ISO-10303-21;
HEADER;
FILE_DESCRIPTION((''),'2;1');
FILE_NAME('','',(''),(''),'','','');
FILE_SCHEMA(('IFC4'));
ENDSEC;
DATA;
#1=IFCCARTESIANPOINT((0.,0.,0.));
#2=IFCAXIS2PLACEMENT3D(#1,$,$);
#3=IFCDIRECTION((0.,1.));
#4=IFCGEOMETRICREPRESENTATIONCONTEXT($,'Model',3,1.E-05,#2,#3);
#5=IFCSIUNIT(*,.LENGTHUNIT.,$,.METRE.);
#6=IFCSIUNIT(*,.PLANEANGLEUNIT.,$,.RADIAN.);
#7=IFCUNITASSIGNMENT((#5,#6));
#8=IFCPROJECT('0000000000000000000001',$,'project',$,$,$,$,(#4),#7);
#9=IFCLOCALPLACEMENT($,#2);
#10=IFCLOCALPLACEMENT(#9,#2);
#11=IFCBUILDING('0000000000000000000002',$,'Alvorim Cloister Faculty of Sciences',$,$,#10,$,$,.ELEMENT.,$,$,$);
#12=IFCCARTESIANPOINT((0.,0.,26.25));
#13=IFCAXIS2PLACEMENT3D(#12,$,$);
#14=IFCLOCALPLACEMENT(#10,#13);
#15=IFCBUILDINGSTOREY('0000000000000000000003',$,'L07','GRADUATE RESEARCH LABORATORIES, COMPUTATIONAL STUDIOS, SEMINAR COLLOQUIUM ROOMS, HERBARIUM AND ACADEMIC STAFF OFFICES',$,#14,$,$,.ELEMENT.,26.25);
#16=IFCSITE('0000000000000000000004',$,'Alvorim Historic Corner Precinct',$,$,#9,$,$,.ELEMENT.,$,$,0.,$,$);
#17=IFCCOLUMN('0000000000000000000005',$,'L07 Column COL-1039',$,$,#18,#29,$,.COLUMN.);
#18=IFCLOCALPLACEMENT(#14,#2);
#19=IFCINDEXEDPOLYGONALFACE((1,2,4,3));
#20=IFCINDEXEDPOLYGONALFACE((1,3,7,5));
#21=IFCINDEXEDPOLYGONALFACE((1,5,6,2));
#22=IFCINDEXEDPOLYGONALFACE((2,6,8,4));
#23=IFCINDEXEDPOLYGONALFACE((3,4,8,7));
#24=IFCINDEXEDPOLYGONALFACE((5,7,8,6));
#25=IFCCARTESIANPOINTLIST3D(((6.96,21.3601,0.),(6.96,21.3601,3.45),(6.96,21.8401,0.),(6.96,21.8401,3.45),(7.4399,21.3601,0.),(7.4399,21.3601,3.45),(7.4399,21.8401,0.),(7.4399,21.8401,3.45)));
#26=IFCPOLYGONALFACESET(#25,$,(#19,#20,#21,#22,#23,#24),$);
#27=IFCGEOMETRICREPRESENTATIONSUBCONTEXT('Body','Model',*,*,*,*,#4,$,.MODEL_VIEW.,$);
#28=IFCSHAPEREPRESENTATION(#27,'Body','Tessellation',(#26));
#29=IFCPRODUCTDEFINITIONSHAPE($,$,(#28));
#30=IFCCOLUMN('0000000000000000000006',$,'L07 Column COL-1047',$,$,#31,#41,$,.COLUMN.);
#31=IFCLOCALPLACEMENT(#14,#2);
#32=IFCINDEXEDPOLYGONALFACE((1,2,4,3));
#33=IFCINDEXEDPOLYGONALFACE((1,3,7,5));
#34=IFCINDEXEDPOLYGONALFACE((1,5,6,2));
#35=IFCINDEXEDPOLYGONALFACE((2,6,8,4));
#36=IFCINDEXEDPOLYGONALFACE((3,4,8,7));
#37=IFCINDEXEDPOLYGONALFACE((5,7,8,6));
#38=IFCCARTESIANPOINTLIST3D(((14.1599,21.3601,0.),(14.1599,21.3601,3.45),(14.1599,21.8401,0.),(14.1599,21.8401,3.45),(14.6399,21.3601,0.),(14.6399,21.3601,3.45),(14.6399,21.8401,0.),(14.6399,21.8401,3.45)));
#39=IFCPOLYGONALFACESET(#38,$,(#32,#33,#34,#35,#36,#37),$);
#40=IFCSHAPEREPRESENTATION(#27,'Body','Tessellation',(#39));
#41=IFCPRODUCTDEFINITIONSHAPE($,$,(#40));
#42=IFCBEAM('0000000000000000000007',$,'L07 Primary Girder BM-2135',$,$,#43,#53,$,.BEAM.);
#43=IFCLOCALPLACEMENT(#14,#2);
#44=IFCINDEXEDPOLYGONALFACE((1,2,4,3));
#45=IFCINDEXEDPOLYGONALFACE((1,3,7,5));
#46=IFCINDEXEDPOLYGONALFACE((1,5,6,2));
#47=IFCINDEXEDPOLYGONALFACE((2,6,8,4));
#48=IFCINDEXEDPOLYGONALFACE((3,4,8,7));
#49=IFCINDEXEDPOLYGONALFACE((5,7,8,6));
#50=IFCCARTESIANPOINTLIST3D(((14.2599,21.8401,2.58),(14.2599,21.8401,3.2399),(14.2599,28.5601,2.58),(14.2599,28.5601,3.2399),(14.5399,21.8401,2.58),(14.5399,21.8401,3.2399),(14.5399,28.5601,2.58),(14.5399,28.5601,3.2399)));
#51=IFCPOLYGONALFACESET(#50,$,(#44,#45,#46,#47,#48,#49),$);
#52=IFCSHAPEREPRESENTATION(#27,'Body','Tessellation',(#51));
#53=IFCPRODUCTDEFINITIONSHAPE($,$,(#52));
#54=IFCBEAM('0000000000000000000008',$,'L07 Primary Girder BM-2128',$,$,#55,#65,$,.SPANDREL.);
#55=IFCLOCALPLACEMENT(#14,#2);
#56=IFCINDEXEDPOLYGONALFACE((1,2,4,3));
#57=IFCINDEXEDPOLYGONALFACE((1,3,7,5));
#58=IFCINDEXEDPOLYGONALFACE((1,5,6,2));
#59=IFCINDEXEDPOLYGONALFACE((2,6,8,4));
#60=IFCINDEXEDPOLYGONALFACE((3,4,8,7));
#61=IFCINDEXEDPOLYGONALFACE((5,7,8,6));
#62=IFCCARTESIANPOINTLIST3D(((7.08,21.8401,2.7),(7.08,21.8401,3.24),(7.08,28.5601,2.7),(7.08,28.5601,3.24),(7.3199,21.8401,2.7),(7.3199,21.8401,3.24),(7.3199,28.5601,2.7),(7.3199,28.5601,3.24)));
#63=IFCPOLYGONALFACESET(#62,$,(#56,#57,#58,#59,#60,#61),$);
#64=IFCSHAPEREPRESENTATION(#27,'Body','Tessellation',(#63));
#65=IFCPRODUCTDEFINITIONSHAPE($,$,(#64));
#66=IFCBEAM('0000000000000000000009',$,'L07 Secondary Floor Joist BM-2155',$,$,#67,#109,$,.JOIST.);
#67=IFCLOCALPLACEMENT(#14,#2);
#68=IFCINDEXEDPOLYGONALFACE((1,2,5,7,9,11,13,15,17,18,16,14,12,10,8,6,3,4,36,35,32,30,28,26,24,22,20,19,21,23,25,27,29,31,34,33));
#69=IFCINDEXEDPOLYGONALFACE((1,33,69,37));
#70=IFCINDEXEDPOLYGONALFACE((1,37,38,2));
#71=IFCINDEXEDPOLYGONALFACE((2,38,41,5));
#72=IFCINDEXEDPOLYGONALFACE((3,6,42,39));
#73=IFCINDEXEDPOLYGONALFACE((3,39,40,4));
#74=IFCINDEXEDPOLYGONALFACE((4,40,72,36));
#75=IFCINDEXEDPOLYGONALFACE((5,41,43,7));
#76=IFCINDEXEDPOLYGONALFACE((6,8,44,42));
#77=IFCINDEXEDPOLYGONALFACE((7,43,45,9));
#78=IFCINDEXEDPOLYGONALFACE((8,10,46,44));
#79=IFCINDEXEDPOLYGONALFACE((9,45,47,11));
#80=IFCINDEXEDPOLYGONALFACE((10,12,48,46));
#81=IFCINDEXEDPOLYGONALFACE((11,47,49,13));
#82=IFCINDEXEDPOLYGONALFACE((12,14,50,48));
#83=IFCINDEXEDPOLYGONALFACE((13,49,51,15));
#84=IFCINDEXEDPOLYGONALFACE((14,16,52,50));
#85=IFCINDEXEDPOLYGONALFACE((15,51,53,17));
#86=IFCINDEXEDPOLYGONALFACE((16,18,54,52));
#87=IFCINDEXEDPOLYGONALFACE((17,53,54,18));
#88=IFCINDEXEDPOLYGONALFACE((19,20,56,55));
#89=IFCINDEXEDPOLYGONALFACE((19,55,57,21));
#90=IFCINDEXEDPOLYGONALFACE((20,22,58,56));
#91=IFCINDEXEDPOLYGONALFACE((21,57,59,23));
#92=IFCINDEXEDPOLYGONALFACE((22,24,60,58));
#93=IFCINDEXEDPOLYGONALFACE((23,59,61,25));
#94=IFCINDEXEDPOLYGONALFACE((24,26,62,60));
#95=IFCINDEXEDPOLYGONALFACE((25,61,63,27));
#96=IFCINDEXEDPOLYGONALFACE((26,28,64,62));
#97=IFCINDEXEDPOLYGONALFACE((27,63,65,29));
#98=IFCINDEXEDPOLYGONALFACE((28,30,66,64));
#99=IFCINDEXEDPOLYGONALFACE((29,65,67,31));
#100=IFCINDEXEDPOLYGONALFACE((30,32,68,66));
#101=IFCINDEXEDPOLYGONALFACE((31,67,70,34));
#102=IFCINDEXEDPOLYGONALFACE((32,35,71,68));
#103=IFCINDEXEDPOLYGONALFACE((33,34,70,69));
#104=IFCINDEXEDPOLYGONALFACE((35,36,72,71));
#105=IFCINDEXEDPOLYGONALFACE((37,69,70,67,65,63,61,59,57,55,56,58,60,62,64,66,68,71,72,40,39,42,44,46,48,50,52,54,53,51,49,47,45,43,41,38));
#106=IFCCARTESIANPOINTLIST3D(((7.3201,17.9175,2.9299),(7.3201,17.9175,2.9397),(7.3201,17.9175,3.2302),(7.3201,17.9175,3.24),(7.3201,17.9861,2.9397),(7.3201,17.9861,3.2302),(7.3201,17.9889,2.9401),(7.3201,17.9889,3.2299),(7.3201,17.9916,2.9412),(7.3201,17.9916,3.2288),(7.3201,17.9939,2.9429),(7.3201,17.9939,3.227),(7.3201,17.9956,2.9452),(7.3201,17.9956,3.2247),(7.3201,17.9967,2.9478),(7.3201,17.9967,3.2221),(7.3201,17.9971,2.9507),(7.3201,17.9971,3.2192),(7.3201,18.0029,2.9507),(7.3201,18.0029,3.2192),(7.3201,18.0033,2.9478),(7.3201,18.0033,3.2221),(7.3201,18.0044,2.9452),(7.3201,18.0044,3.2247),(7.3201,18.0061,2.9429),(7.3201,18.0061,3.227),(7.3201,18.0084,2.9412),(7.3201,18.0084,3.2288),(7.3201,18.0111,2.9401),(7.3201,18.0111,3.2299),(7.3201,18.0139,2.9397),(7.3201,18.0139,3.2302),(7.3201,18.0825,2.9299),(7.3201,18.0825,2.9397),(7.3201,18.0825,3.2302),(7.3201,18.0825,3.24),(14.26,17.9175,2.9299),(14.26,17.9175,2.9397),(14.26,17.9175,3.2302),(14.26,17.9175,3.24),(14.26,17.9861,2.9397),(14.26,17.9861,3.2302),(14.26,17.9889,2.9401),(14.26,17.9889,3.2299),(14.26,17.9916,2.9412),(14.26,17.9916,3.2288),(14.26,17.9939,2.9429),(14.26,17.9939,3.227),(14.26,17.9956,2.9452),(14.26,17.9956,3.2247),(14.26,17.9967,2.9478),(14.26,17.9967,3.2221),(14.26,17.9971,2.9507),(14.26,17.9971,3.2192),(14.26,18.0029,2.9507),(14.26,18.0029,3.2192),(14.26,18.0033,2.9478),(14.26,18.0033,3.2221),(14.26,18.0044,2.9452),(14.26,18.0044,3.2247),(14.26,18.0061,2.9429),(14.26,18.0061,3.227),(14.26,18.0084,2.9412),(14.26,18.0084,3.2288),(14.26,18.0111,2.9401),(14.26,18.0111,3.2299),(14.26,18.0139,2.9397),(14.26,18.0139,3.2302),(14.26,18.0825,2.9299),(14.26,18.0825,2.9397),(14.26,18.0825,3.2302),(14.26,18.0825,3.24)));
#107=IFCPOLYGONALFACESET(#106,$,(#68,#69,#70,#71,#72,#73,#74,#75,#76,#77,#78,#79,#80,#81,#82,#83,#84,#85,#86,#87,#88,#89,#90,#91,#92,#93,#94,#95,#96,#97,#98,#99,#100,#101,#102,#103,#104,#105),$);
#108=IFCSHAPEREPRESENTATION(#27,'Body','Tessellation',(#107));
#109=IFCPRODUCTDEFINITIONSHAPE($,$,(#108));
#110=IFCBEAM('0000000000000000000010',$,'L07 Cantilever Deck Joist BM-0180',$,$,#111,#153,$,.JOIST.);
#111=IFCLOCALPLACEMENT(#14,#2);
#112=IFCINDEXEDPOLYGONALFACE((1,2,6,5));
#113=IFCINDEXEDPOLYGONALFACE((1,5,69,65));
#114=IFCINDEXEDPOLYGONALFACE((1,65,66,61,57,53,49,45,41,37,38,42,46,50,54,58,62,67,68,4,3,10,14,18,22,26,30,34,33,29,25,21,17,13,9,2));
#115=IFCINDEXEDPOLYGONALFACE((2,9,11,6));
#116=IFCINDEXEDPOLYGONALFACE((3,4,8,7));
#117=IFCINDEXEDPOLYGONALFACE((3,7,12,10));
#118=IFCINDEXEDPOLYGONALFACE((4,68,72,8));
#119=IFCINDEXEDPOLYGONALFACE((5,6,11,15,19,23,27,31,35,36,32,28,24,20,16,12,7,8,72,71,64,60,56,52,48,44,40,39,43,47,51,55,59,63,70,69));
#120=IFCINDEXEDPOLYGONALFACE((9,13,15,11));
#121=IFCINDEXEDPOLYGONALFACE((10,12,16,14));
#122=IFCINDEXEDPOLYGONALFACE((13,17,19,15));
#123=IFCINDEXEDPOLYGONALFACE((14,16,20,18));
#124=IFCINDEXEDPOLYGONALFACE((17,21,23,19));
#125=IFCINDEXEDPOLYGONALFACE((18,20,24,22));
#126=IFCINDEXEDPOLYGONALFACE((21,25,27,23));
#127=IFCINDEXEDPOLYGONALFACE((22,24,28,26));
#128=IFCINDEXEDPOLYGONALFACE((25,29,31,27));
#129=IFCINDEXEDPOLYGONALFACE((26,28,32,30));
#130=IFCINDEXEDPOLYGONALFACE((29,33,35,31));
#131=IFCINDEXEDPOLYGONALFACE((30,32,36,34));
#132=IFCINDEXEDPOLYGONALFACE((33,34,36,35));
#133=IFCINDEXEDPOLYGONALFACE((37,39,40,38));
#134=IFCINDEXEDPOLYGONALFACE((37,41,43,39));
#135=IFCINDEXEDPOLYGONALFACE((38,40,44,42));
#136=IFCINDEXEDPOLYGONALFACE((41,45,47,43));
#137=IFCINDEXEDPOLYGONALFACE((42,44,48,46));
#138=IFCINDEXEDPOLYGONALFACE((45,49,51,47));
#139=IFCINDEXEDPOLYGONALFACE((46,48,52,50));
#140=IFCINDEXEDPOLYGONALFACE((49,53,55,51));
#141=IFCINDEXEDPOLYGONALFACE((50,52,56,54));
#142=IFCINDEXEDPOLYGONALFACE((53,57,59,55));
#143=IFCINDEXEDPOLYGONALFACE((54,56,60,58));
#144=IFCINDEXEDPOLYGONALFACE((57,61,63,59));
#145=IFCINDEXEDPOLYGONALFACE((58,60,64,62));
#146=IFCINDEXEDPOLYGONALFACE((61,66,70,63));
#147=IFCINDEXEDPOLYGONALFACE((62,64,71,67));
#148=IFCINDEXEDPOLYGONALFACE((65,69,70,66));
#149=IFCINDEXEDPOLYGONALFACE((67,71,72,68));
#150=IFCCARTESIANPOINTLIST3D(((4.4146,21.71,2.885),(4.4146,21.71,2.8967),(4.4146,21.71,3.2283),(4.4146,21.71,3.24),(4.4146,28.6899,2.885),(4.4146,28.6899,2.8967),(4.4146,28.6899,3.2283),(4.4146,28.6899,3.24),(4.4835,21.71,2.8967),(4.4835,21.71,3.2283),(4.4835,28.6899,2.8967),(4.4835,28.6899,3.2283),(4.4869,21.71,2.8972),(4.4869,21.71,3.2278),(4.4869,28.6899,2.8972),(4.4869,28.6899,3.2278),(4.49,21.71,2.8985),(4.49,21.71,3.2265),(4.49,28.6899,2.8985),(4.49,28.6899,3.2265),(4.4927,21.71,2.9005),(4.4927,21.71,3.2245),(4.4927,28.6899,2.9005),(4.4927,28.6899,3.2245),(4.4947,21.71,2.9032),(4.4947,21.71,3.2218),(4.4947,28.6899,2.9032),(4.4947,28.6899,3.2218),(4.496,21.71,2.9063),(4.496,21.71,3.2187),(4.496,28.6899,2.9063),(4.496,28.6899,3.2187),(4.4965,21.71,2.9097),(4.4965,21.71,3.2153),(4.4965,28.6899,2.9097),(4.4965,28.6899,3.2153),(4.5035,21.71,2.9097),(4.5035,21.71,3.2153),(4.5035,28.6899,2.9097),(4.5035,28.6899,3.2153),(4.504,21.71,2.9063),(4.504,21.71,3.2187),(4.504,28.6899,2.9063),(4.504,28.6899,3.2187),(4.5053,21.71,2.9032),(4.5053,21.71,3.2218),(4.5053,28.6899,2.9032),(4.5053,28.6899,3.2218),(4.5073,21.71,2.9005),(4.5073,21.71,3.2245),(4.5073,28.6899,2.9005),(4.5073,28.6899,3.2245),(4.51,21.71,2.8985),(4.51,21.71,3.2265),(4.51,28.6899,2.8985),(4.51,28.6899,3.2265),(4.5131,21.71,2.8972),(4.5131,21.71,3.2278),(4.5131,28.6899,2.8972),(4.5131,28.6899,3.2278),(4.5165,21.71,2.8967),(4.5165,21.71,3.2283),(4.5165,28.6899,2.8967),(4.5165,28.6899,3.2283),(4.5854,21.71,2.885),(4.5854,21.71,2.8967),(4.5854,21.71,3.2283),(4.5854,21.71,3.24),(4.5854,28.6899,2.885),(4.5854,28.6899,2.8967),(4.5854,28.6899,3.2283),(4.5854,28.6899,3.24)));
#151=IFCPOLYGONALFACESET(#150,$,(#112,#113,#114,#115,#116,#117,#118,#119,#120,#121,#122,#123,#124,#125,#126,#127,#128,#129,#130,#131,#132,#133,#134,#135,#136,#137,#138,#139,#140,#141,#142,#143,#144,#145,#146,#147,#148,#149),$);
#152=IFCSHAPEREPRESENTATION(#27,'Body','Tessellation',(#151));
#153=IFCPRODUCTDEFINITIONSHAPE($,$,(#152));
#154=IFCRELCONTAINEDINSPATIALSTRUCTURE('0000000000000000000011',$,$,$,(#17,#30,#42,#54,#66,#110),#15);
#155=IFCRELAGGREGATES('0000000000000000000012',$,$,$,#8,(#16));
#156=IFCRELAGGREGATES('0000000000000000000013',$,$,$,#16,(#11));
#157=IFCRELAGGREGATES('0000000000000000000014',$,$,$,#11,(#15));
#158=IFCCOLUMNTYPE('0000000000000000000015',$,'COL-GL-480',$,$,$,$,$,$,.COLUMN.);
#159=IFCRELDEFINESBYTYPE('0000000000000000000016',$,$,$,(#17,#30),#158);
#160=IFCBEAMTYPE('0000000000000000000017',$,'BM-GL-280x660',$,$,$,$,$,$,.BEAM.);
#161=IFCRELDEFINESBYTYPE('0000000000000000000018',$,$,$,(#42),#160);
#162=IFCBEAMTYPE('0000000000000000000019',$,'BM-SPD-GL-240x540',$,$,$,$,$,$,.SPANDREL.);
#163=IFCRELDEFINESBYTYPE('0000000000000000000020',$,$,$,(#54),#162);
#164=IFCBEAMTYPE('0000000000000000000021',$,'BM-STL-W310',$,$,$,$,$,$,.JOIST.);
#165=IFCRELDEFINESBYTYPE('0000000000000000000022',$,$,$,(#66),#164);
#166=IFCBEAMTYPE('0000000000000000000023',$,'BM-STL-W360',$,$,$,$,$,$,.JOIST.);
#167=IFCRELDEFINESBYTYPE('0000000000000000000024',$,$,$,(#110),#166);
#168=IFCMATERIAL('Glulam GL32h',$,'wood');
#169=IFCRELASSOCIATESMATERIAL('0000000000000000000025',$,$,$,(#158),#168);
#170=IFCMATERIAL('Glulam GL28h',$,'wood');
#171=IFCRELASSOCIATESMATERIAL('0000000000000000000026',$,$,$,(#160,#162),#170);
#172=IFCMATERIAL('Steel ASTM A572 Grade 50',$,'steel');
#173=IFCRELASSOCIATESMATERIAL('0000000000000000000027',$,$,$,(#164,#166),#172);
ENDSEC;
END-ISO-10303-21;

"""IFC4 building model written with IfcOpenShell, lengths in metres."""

from ifc_helpers import new_model, si_unit, direction, frame, origin, origin_2d, place, context, subcontext, project, spatial, rectangle, i_section, extrude, material, material_profile, profile_set, type_object, element, save


model = new_model("IFC4")

# Units and contexts
model_context = context("Model", 3, precision=1e-05, world=origin(), true_north=direction((0.0, 1.0)))
body_context = subcontext(model_context, "Body", "Model", "MODEL_VIEW")
ifc_project = project(units=[si_unit("LENGTHUNIT", "METRE"), si_unit("PLANEANGLEUNIT", "RADIAN")], contexts=[model_context])

# Site, building, storey
site_placement = place(None, origin())
site = spatial("IfcSite", under=ifc_project, at=site_placement, Name="Alvorim Historic Corner Precinct", CompositionType="ELEMENT", RefElevation=0.0)
building_placement = place(site_placement, origin())
building = spatial("IfcBuilding", under=site, at=building_placement, Name="Alvorim Cloister Faculty of Sciences", CompositionType="ELEMENT")
storey_placement = place(building_placement, frame((0.0, 0.0, 26.25)))
storey = spatial("IfcBuildingStorey", under=building, at=storey_placement, Name="L07", Description="GRADUATE RESEARCH LABORATORIES, COMPUTATIONAL STUDIOS, SEMINAR COLLOQUIUM ROOMS, HERBARIUM AND ACADEMIC STAFF OFFICES", CompositionType="ELEMENT", Elevation=26.25)

# Columns
ifc_material_1 = material(Name="Glulam GL32h", Category="wood")
ifc_material_profile_1 = material_profile(ifc_material_1, rectangle(XDim=0.48, YDim=0.48, at=origin_2d()), Name="GL32-COL-480x480")
ifc_profile_set_1 = profile_set([ifc_material_profile_1], Name="Glulam GL32h")
column_type = type_object("IfcColumnType", Name="COL-GL-480", PredefinedType="COLUMN", material=ifc_profile_set_1)
for number, where, z_axis, x_axis, name in (
    (1, (7.2, 21.6001, 0.0), (0.0, 0.0, 1.0), (1.0, 0.0, 0.0), "L07 Column COL-1039"),
    (2, (14.3999, 21.6001, 0.0), (0.0, 0.0, 1.0), (1.0, 0.0, 0.0), "L07 Column COL-1047"),
):
    element("IfcColumn", number, at=place(storey_placement, frame(where, z_axis=z_axis, x_axis=x_axis)), inside=storey, type_object=column_type, Name=name, PredefinedType="COLUMN", context=body_context, shape_type="SweptSolid", body=[
        extrude(rectangle(XDim=0.48, YDim=0.48, at=origin_2d()), origin(), (0.0, 0.0, 1.0), 3.45),
    ])

# Beams
ifc_material_2 = material(Name="Glulam GL28h", Category="wood")
ifc_material_profile_2 = material_profile(ifc_material_2, rectangle(XDim=0.28, YDim=0.6599, at=origin_2d()), Name="GL28-BM-280x660")
ifc_profile_set_2 = profile_set([ifc_material_profile_2], Name="Glulam GL28h")
beam_type_1 = type_object("IfcBeamType", Name="BM-GL-280x660", PredefinedType="BEAM", material=ifc_profile_set_2)
beam_1_placement = place(storey_placement, frame((14.3999, 21.8401, 2.9099), z_axis=(0.0, 1.0, 0.0), x_axis=(-1.0, 0.0, 0.0)))
element("IfcBeam", 3, at=beam_1_placement, inside=storey, type_object=beam_type_1, Name="L07 Primary Girder BM-2135", PredefinedType="BEAM", context=body_context, shape_type="SweptSolid", body=[
    extrude(rectangle(XDim=0.28, YDim=0.6599, at=origin_2d()), origin(), (0.0, 0.0, 1.0), 6.72),
])
ifc_material_profile_3 = material_profile(ifc_material_2, rectangle(XDim=0.24, YDim=0.54, at=origin_2d()), Name="GL28-SPD-240x540")
ifc_profile_set_3 = profile_set([ifc_material_profile_3], Name="Glulam GL28h")
beam_type_2 = type_object("IfcBeamType", Name="BM-SPD-GL-240x540", PredefinedType="SPANDREL", material=ifc_profile_set_3)
beam_2_placement = place(storey_placement, frame((7.2, 21.8401, 2.97), z_axis=(0.0, 1.0, 0.0), x_axis=(-1.0, 0.0, 0.0)))
element("IfcBeam", 4, at=beam_2_placement, inside=storey, type_object=beam_type_2, Name="L07 Primary Girder BM-2128", PredefinedType="SPANDREL", context=body_context, shape_type="SweptSolid", body=[
    extrude(rectangle(XDim=0.24, YDim=0.54, at=origin_2d()), origin(), (0.0, 0.0, 1.0), 6.72),
])
ifc_material_3 = material(Name="Steel ASTM A572 Grade 50", Category="steel")
ifc_material_profile_4 = material_profile(ifc_material_3, i_section(OverallWidth=0.165, OverallDepth=0.3101, WebThickness=0.0059, FlangeThickness=0.0098, FilletRadius=0.011, at=origin_2d()), Name="W310x38.7")
ifc_profile_set_4 = profile_set([ifc_material_profile_4], Name="Steel ASTM A572 Grade 50")
beam_type_3 = type_object("IfcBeamType", Name="BM-STL-W310", PredefinedType="JOIST", material=ifc_profile_set_4)
beam_3_placement = place(storey_placement, frame((7.3201, 18.0, 3.085), z_axis=(1.0, 0.0, 0.0), x_axis=(0.0, 1.0, 0.0)))
element("IfcBeam", 5, at=beam_3_placement, inside=storey, type_object=beam_type_3, Name="L07 Secondary Floor Joist BM-2155", PredefinedType="JOIST", context=body_context, shape_type="SweptSolid", body=[
    extrude(i_section(OverallWidth=0.165, OverallDepth=0.3101, WebThickness=0.0059, FlangeThickness=0.0098, FilletRadius=0.011, at=origin_2d()), origin(), (0.0, 0.0, 1.0), 6.9399),
])
ifc_material_profile_5 = material_profile(ifc_material_3, i_section(OverallWidth=0.1709, OverallDepth=0.355, WebThickness=0.0071, FlangeThickness=0.0117, FilletRadius=0.0129, at=origin_2d()), Name="W360x51.0")
ifc_profile_set_5 = profile_set([ifc_material_profile_5], Name="Steel ASTM A572 Grade 50")
beam_type_4 = type_object("IfcBeamType", Name="BM-STL-W360", PredefinedType="JOIST", material=ifc_profile_set_5)
beam_4_placement = place(storey_placement, frame((4.5, 21.71, 3.0625), z_axis=(0.0, 1.0, 0.0), x_axis=(-1.0, 0.0, 0.0)))
element("IfcBeam", 6, at=beam_4_placement, inside=storey, type_object=beam_type_4, Name="L07 Cantilever Deck Joist BM-0180", PredefinedType="JOIST", context=body_context, shape_type="SweptSolid", body=[
    extrude(i_section(OverallWidth=0.1709, OverallDepth=0.355, WebThickness=0.0071, FlangeThickness=0.0117, FilletRadius=0.0129, at=origin_2d()), origin(), (0.0, 0.0, 1.0), 6.98),
])

save(model, "model.ifc")
